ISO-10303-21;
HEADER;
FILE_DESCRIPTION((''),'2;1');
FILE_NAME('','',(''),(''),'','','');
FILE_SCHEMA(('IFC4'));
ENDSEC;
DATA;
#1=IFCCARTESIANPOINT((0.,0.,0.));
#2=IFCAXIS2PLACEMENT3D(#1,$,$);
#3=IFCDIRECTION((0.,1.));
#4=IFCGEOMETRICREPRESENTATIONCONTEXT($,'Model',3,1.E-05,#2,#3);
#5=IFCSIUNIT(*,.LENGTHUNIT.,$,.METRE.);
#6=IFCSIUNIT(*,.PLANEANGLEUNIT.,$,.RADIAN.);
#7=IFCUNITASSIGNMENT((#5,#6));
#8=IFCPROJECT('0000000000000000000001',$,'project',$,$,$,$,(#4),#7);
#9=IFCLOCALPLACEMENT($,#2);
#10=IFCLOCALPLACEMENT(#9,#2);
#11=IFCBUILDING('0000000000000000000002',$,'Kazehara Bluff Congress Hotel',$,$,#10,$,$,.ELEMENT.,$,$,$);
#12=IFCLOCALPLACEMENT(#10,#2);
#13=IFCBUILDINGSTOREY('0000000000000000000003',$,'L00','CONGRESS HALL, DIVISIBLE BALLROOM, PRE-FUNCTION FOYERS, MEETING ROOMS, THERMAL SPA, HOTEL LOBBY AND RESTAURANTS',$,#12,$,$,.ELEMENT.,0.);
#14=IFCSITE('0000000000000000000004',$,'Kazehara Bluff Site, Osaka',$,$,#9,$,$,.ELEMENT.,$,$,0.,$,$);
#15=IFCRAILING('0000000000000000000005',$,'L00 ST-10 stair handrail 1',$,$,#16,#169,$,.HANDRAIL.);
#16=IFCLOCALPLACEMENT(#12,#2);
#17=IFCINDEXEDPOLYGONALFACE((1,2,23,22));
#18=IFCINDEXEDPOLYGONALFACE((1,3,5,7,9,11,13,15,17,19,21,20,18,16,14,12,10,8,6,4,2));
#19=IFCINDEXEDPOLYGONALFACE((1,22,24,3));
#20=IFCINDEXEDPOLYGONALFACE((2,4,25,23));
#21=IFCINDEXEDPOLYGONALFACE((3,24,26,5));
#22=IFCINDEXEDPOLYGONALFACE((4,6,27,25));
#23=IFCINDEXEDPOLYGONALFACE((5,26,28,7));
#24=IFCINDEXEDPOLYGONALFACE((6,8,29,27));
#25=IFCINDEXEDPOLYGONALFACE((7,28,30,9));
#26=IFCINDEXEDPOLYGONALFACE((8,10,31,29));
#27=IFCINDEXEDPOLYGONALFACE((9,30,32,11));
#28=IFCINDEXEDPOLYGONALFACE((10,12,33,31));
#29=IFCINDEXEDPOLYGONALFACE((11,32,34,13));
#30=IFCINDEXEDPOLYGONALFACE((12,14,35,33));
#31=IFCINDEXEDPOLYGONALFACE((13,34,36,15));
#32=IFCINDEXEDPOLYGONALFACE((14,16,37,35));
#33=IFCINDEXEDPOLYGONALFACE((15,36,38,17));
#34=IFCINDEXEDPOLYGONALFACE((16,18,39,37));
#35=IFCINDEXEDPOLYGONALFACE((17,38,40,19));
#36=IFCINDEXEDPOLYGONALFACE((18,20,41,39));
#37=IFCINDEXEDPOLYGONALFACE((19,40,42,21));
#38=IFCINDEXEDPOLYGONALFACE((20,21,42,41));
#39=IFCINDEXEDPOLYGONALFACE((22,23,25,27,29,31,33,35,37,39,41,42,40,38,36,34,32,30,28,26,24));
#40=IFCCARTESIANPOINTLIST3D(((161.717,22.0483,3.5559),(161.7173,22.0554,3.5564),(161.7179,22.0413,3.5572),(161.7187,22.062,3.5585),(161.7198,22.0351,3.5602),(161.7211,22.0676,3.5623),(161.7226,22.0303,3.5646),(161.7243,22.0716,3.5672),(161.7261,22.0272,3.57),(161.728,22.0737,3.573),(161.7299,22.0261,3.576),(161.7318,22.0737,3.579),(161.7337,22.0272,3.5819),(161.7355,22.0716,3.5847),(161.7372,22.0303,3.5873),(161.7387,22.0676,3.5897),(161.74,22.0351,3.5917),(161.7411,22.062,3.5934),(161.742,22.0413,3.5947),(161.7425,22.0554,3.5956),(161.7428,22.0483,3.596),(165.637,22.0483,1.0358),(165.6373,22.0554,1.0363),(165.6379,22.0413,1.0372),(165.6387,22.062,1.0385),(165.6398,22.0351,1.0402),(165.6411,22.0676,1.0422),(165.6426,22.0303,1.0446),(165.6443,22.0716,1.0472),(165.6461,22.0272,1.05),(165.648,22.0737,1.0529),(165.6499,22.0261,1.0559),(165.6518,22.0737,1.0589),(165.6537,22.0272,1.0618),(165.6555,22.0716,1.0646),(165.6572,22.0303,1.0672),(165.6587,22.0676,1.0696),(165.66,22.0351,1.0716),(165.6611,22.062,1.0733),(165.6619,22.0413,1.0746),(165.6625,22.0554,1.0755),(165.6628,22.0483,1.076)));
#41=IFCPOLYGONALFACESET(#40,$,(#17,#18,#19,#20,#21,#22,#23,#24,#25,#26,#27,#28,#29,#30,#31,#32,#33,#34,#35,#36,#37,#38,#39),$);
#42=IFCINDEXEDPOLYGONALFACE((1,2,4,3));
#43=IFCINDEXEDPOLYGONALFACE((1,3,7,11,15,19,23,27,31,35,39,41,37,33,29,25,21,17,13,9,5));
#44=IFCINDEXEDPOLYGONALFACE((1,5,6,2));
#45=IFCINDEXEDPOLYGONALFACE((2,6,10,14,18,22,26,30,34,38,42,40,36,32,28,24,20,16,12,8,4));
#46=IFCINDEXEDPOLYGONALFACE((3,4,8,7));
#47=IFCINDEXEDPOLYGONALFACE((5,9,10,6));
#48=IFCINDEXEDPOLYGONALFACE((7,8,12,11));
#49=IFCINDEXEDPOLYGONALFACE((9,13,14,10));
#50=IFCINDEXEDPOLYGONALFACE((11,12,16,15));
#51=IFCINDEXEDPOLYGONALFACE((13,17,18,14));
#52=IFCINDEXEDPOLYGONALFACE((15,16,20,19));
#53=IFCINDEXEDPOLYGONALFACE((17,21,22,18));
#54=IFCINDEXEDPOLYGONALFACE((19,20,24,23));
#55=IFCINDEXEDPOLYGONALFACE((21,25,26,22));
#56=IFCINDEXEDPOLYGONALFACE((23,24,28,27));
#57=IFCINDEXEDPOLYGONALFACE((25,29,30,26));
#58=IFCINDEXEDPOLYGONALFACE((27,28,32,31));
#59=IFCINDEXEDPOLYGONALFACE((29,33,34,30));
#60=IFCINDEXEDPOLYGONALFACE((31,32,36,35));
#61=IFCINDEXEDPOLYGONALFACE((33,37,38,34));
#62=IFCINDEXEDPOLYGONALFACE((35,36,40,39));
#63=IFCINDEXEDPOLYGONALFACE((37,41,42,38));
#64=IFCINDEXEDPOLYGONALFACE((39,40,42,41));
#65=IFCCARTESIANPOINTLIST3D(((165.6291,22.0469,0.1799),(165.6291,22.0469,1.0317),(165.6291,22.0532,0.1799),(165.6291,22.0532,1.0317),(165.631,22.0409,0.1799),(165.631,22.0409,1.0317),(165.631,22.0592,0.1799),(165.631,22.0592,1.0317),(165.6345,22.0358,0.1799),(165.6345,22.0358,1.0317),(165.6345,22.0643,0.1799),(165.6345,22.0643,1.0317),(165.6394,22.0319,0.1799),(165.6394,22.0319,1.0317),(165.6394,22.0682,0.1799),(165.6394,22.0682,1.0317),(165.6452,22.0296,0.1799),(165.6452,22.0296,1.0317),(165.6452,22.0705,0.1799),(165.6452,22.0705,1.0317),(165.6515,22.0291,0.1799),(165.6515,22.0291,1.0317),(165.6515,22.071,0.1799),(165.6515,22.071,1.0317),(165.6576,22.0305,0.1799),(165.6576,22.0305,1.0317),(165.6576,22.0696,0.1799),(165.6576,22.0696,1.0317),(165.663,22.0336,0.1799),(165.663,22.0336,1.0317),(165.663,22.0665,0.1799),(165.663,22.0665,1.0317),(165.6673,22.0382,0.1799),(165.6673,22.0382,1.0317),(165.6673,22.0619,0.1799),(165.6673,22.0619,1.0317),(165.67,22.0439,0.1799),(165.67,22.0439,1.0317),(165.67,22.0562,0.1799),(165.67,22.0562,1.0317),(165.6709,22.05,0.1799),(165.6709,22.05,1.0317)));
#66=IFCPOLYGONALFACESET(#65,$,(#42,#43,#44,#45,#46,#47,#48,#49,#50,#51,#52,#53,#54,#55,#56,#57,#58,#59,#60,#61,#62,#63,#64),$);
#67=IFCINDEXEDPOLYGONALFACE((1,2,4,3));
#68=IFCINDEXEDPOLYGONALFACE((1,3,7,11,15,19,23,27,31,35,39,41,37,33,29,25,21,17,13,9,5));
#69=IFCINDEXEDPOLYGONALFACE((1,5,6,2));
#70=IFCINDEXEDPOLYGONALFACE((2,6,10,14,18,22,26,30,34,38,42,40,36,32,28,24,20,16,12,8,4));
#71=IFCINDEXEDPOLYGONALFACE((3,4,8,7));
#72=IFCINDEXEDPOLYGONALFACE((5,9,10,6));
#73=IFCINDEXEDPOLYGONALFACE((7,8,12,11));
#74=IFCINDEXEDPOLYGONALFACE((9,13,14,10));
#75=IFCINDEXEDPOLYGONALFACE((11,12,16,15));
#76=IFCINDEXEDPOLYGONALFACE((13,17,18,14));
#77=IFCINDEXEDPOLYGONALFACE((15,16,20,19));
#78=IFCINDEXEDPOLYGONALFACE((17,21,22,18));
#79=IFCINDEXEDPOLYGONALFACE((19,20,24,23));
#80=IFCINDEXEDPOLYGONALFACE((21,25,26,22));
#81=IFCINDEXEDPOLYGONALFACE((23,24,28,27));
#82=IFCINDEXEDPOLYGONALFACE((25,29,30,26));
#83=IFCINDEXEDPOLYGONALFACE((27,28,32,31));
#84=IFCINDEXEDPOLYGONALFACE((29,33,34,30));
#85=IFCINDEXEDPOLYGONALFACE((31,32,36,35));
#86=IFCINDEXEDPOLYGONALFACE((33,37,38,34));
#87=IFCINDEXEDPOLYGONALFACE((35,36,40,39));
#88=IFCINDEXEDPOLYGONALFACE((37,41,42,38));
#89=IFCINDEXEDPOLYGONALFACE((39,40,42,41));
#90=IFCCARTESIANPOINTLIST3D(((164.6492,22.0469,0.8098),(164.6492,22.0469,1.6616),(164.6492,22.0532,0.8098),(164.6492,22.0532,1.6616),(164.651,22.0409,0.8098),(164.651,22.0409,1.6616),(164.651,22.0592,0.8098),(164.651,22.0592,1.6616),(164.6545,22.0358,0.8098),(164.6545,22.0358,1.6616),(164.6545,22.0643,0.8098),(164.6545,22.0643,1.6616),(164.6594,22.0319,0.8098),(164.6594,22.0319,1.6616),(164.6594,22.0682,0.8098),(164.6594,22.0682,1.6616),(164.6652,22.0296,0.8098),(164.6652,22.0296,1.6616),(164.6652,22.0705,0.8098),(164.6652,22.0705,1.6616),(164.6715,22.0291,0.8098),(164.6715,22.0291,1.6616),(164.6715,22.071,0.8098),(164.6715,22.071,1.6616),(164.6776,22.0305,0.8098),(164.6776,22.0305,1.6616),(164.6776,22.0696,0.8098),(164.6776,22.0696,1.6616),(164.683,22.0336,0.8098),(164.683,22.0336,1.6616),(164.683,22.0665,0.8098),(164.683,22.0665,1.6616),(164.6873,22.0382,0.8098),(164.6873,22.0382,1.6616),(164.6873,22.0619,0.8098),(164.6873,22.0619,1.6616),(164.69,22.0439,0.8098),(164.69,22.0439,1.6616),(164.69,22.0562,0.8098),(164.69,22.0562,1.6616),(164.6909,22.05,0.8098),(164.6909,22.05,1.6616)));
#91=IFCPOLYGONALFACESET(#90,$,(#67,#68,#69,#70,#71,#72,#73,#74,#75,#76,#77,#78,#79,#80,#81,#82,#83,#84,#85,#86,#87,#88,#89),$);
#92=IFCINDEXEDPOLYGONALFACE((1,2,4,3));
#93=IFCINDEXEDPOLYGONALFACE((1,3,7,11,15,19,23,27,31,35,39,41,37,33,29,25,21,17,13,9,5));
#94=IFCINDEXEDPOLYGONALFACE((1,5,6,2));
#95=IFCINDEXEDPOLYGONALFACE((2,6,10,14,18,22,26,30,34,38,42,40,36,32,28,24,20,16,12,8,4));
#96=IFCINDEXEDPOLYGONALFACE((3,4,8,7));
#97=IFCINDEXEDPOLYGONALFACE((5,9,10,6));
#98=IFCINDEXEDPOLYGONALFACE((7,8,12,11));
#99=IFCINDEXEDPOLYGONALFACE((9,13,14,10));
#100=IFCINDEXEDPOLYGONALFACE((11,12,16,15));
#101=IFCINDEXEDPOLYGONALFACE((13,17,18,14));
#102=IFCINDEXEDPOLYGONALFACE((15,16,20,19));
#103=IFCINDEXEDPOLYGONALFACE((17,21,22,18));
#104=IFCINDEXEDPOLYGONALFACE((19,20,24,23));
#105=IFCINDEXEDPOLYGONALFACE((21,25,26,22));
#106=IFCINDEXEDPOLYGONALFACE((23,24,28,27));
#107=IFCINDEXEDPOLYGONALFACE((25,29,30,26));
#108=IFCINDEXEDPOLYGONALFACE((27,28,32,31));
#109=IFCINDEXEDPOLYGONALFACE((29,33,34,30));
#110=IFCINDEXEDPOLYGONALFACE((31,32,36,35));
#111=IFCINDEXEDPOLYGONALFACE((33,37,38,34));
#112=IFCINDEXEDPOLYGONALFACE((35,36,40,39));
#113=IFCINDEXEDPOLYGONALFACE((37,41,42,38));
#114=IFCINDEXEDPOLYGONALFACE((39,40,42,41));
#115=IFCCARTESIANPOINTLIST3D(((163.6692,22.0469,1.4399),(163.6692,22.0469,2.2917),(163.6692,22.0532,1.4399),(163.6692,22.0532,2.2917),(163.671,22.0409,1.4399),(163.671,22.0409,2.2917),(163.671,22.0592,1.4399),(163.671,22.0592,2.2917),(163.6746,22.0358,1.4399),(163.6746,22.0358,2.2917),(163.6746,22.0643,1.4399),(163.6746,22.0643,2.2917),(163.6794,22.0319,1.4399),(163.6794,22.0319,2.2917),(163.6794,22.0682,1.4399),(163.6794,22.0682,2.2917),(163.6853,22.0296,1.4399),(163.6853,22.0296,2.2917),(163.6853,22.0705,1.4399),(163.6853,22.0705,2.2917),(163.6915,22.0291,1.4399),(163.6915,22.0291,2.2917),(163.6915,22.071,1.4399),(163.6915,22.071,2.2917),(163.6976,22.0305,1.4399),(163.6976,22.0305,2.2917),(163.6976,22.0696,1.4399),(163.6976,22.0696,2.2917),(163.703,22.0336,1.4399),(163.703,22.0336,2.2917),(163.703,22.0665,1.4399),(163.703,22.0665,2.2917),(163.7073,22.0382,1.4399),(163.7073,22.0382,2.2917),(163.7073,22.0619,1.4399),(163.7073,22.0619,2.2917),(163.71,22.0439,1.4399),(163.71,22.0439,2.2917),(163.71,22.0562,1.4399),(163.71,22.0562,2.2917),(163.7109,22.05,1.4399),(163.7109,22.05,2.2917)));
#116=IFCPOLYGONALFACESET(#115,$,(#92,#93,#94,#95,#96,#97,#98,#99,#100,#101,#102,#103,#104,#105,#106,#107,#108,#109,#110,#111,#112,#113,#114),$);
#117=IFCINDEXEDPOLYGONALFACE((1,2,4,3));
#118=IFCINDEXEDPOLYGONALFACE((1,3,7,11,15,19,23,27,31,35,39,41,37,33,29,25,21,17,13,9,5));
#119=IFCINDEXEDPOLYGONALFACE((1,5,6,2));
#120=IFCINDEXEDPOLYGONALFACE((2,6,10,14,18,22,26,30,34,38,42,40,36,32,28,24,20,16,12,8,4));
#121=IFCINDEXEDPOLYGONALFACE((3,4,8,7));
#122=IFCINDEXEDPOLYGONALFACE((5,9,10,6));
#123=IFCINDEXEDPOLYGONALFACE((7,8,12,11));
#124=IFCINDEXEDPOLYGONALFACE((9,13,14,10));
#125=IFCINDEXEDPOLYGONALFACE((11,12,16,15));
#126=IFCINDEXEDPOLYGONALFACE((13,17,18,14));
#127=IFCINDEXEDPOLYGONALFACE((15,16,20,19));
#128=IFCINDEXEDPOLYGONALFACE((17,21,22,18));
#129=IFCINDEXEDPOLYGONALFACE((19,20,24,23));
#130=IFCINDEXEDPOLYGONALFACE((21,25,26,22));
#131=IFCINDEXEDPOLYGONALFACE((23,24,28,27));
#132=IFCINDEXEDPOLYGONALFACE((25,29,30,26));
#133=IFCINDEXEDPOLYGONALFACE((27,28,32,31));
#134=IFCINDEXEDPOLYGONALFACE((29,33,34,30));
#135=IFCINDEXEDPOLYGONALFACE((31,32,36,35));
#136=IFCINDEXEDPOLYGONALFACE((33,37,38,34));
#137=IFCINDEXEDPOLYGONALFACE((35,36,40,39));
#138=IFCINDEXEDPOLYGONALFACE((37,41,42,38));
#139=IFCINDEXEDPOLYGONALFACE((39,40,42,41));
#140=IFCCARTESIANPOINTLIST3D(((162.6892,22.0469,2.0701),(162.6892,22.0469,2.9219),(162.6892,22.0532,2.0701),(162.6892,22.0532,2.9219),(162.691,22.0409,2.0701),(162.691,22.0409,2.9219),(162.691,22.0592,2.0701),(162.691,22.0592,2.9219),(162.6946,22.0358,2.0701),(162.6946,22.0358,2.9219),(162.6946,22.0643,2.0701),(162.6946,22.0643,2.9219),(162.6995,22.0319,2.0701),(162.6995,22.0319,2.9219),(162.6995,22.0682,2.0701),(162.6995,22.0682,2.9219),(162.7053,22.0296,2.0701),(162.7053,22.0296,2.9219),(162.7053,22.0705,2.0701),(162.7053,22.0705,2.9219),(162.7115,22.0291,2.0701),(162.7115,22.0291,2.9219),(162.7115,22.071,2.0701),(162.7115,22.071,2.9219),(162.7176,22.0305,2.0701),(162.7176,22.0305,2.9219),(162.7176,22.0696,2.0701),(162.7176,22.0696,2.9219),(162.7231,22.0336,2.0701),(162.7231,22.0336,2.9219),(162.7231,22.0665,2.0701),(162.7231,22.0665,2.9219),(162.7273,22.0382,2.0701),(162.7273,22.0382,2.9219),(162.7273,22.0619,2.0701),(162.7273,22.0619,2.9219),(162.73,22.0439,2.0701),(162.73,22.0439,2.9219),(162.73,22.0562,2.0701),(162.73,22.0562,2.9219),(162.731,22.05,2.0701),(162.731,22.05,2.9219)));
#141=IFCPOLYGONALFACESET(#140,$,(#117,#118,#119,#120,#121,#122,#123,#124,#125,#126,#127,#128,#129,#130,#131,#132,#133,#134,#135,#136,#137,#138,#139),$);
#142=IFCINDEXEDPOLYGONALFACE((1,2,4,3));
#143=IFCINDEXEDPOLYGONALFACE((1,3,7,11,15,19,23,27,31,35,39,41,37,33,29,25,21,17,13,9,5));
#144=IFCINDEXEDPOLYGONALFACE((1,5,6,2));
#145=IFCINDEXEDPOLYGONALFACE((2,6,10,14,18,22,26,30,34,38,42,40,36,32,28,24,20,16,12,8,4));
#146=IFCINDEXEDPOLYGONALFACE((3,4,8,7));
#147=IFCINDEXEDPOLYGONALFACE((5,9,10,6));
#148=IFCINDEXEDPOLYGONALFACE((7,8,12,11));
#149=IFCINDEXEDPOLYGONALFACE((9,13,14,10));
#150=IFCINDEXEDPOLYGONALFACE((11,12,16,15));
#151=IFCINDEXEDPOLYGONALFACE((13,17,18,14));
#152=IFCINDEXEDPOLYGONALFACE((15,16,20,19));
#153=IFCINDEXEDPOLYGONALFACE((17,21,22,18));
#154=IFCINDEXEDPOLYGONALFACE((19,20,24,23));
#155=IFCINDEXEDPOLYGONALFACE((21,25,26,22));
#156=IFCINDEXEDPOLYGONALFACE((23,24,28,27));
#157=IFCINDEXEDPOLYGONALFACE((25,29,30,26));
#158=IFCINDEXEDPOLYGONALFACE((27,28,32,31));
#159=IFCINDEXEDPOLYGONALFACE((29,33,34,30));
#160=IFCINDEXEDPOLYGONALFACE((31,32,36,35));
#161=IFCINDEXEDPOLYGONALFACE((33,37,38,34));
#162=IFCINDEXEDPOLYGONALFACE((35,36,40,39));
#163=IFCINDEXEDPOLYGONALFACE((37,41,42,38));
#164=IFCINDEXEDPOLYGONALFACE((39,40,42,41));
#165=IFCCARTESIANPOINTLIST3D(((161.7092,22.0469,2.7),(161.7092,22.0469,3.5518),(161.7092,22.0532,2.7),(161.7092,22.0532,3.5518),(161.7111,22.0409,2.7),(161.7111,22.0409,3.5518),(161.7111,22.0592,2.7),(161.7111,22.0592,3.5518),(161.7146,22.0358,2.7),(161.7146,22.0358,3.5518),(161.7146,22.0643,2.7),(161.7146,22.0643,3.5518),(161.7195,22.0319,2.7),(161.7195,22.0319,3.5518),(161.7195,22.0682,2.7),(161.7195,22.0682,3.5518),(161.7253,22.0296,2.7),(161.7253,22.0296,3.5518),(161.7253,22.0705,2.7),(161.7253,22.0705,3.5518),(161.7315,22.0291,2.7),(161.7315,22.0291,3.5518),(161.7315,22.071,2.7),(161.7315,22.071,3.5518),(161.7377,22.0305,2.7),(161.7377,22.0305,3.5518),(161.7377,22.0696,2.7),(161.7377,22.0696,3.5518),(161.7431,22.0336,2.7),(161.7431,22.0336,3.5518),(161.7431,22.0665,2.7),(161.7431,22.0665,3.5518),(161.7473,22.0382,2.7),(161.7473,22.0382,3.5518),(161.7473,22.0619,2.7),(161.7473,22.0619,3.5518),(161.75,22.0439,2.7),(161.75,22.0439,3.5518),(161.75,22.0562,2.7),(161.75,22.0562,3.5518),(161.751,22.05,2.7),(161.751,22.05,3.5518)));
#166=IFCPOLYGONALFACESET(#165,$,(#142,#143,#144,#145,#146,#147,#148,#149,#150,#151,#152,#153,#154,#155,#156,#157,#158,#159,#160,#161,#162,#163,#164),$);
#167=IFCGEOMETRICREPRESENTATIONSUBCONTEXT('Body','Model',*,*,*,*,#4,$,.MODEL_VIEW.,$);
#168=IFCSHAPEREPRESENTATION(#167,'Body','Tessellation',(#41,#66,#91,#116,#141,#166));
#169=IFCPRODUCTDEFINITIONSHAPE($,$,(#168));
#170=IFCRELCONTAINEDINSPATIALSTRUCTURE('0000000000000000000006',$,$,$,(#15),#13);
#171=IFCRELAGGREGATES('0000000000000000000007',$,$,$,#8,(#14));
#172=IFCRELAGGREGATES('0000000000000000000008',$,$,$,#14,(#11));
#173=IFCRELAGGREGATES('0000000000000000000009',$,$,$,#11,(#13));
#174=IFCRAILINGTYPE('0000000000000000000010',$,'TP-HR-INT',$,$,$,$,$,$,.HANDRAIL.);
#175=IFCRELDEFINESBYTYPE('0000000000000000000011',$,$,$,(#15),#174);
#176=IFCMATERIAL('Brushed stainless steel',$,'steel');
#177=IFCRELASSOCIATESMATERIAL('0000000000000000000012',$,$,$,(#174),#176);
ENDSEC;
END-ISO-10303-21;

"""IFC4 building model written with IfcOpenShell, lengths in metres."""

from ifc_helpers import new_model, si_unit, direction, frame, origin, origin_2d, place, context, subcontext, project, spatial, circle, extrude, material, type_object, element, save


model = new_model("IFC4")

# Units and contexts
model_context = context("Model", 3, precision=1e-05, world=origin(), true_north=direction((0.0, 1.0)))
body_context = subcontext(model_context, "Body", "Model", "MODEL_VIEW")
ifc_project = project(units=[si_unit("LENGTHUNIT", "METRE"), si_unit("PLANEANGLEUNIT", "RADIAN")], contexts=[model_context])

# Site, building, storey
site_placement = place(None, origin())
site = spatial("IfcSite", under=ifc_project, at=site_placement, Name="Kazehara Bluff Site, Osaka", CompositionType="ELEMENT", RefElevation=0.0)
building_placement = place(site_placement, origin())
building = spatial("IfcBuilding", under=site, at=building_placement, Name="Kazehara Bluff Congress Hotel", CompositionType="ELEMENT")
storey_placement = place(building_placement, origin())
storey = spatial("IfcBuildingStorey", under=building, at=storey_placement, Name="L00", Description="CONGRESS HALL, DIVISIBLE BALLROOM, PRE-FUNCTION FOYERS, MEETING ROOMS, THERMAL SPA, HOTEL LOBBY AND RESTAURANTS", CompositionType="ELEMENT", Elevation=0.0)

# Railing
ifc_material_1 = material(Name="Brushed stainless steel", Category="steel")
railing_type_1 = type_object("IfcRailingType", Name="TP-HR-INT", PredefinedType="HANDRAIL", material=ifc_material_1)
railing_1_placement = place(storey_placement, frame((165.6499, 22.05, 0.1799)))
element("IfcRailing", 1, at=railing_1_placement, inside=storey, type_object=railing_type_1, Name="L00 ST-10 stair handrail 1", PredefinedType="HANDRAIL", context=body_context, shape_type="SweptSolid", body=[
    extrude(circle(Radius=0.0239, at=origin_2d()), frame((0.0, 0.0, 0.876), z_axis=(-0.841172, 0.0, 0.540768), x_axis=(0.0, -1.0, 0.0)), (0.0, 0.0, 1.0), 4.6602),
    extrude(circle(Radius=0.021, at=origin_2d()), origin(), (0.0, 0.0, 1.0), 0.8518),
    extrude(circle(Radius=0.021, at=origin_2d()), frame((-0.98, 0.0, 0.6299)), (0.0, 0.0, 1.0), 0.8518),
    extrude(circle(Radius=0.021, at=origin_2d()), frame((-1.96, 0.0, 1.26)), (0.0, 0.0, 1.0), 0.8518),
    extrude(circle(Radius=0.021, at=origin_2d()), frame((-2.9399, 0.0, 1.8901)), (0.0, 0.0, 1.0), 0.8518),
    extrude(circle(Radius=0.021, at=origin_2d()), frame((-3.9199, 0.0, 2.52)), (0.0, 0.0, 1.0), 0.8518),
])

save(model, "model.ifc")
